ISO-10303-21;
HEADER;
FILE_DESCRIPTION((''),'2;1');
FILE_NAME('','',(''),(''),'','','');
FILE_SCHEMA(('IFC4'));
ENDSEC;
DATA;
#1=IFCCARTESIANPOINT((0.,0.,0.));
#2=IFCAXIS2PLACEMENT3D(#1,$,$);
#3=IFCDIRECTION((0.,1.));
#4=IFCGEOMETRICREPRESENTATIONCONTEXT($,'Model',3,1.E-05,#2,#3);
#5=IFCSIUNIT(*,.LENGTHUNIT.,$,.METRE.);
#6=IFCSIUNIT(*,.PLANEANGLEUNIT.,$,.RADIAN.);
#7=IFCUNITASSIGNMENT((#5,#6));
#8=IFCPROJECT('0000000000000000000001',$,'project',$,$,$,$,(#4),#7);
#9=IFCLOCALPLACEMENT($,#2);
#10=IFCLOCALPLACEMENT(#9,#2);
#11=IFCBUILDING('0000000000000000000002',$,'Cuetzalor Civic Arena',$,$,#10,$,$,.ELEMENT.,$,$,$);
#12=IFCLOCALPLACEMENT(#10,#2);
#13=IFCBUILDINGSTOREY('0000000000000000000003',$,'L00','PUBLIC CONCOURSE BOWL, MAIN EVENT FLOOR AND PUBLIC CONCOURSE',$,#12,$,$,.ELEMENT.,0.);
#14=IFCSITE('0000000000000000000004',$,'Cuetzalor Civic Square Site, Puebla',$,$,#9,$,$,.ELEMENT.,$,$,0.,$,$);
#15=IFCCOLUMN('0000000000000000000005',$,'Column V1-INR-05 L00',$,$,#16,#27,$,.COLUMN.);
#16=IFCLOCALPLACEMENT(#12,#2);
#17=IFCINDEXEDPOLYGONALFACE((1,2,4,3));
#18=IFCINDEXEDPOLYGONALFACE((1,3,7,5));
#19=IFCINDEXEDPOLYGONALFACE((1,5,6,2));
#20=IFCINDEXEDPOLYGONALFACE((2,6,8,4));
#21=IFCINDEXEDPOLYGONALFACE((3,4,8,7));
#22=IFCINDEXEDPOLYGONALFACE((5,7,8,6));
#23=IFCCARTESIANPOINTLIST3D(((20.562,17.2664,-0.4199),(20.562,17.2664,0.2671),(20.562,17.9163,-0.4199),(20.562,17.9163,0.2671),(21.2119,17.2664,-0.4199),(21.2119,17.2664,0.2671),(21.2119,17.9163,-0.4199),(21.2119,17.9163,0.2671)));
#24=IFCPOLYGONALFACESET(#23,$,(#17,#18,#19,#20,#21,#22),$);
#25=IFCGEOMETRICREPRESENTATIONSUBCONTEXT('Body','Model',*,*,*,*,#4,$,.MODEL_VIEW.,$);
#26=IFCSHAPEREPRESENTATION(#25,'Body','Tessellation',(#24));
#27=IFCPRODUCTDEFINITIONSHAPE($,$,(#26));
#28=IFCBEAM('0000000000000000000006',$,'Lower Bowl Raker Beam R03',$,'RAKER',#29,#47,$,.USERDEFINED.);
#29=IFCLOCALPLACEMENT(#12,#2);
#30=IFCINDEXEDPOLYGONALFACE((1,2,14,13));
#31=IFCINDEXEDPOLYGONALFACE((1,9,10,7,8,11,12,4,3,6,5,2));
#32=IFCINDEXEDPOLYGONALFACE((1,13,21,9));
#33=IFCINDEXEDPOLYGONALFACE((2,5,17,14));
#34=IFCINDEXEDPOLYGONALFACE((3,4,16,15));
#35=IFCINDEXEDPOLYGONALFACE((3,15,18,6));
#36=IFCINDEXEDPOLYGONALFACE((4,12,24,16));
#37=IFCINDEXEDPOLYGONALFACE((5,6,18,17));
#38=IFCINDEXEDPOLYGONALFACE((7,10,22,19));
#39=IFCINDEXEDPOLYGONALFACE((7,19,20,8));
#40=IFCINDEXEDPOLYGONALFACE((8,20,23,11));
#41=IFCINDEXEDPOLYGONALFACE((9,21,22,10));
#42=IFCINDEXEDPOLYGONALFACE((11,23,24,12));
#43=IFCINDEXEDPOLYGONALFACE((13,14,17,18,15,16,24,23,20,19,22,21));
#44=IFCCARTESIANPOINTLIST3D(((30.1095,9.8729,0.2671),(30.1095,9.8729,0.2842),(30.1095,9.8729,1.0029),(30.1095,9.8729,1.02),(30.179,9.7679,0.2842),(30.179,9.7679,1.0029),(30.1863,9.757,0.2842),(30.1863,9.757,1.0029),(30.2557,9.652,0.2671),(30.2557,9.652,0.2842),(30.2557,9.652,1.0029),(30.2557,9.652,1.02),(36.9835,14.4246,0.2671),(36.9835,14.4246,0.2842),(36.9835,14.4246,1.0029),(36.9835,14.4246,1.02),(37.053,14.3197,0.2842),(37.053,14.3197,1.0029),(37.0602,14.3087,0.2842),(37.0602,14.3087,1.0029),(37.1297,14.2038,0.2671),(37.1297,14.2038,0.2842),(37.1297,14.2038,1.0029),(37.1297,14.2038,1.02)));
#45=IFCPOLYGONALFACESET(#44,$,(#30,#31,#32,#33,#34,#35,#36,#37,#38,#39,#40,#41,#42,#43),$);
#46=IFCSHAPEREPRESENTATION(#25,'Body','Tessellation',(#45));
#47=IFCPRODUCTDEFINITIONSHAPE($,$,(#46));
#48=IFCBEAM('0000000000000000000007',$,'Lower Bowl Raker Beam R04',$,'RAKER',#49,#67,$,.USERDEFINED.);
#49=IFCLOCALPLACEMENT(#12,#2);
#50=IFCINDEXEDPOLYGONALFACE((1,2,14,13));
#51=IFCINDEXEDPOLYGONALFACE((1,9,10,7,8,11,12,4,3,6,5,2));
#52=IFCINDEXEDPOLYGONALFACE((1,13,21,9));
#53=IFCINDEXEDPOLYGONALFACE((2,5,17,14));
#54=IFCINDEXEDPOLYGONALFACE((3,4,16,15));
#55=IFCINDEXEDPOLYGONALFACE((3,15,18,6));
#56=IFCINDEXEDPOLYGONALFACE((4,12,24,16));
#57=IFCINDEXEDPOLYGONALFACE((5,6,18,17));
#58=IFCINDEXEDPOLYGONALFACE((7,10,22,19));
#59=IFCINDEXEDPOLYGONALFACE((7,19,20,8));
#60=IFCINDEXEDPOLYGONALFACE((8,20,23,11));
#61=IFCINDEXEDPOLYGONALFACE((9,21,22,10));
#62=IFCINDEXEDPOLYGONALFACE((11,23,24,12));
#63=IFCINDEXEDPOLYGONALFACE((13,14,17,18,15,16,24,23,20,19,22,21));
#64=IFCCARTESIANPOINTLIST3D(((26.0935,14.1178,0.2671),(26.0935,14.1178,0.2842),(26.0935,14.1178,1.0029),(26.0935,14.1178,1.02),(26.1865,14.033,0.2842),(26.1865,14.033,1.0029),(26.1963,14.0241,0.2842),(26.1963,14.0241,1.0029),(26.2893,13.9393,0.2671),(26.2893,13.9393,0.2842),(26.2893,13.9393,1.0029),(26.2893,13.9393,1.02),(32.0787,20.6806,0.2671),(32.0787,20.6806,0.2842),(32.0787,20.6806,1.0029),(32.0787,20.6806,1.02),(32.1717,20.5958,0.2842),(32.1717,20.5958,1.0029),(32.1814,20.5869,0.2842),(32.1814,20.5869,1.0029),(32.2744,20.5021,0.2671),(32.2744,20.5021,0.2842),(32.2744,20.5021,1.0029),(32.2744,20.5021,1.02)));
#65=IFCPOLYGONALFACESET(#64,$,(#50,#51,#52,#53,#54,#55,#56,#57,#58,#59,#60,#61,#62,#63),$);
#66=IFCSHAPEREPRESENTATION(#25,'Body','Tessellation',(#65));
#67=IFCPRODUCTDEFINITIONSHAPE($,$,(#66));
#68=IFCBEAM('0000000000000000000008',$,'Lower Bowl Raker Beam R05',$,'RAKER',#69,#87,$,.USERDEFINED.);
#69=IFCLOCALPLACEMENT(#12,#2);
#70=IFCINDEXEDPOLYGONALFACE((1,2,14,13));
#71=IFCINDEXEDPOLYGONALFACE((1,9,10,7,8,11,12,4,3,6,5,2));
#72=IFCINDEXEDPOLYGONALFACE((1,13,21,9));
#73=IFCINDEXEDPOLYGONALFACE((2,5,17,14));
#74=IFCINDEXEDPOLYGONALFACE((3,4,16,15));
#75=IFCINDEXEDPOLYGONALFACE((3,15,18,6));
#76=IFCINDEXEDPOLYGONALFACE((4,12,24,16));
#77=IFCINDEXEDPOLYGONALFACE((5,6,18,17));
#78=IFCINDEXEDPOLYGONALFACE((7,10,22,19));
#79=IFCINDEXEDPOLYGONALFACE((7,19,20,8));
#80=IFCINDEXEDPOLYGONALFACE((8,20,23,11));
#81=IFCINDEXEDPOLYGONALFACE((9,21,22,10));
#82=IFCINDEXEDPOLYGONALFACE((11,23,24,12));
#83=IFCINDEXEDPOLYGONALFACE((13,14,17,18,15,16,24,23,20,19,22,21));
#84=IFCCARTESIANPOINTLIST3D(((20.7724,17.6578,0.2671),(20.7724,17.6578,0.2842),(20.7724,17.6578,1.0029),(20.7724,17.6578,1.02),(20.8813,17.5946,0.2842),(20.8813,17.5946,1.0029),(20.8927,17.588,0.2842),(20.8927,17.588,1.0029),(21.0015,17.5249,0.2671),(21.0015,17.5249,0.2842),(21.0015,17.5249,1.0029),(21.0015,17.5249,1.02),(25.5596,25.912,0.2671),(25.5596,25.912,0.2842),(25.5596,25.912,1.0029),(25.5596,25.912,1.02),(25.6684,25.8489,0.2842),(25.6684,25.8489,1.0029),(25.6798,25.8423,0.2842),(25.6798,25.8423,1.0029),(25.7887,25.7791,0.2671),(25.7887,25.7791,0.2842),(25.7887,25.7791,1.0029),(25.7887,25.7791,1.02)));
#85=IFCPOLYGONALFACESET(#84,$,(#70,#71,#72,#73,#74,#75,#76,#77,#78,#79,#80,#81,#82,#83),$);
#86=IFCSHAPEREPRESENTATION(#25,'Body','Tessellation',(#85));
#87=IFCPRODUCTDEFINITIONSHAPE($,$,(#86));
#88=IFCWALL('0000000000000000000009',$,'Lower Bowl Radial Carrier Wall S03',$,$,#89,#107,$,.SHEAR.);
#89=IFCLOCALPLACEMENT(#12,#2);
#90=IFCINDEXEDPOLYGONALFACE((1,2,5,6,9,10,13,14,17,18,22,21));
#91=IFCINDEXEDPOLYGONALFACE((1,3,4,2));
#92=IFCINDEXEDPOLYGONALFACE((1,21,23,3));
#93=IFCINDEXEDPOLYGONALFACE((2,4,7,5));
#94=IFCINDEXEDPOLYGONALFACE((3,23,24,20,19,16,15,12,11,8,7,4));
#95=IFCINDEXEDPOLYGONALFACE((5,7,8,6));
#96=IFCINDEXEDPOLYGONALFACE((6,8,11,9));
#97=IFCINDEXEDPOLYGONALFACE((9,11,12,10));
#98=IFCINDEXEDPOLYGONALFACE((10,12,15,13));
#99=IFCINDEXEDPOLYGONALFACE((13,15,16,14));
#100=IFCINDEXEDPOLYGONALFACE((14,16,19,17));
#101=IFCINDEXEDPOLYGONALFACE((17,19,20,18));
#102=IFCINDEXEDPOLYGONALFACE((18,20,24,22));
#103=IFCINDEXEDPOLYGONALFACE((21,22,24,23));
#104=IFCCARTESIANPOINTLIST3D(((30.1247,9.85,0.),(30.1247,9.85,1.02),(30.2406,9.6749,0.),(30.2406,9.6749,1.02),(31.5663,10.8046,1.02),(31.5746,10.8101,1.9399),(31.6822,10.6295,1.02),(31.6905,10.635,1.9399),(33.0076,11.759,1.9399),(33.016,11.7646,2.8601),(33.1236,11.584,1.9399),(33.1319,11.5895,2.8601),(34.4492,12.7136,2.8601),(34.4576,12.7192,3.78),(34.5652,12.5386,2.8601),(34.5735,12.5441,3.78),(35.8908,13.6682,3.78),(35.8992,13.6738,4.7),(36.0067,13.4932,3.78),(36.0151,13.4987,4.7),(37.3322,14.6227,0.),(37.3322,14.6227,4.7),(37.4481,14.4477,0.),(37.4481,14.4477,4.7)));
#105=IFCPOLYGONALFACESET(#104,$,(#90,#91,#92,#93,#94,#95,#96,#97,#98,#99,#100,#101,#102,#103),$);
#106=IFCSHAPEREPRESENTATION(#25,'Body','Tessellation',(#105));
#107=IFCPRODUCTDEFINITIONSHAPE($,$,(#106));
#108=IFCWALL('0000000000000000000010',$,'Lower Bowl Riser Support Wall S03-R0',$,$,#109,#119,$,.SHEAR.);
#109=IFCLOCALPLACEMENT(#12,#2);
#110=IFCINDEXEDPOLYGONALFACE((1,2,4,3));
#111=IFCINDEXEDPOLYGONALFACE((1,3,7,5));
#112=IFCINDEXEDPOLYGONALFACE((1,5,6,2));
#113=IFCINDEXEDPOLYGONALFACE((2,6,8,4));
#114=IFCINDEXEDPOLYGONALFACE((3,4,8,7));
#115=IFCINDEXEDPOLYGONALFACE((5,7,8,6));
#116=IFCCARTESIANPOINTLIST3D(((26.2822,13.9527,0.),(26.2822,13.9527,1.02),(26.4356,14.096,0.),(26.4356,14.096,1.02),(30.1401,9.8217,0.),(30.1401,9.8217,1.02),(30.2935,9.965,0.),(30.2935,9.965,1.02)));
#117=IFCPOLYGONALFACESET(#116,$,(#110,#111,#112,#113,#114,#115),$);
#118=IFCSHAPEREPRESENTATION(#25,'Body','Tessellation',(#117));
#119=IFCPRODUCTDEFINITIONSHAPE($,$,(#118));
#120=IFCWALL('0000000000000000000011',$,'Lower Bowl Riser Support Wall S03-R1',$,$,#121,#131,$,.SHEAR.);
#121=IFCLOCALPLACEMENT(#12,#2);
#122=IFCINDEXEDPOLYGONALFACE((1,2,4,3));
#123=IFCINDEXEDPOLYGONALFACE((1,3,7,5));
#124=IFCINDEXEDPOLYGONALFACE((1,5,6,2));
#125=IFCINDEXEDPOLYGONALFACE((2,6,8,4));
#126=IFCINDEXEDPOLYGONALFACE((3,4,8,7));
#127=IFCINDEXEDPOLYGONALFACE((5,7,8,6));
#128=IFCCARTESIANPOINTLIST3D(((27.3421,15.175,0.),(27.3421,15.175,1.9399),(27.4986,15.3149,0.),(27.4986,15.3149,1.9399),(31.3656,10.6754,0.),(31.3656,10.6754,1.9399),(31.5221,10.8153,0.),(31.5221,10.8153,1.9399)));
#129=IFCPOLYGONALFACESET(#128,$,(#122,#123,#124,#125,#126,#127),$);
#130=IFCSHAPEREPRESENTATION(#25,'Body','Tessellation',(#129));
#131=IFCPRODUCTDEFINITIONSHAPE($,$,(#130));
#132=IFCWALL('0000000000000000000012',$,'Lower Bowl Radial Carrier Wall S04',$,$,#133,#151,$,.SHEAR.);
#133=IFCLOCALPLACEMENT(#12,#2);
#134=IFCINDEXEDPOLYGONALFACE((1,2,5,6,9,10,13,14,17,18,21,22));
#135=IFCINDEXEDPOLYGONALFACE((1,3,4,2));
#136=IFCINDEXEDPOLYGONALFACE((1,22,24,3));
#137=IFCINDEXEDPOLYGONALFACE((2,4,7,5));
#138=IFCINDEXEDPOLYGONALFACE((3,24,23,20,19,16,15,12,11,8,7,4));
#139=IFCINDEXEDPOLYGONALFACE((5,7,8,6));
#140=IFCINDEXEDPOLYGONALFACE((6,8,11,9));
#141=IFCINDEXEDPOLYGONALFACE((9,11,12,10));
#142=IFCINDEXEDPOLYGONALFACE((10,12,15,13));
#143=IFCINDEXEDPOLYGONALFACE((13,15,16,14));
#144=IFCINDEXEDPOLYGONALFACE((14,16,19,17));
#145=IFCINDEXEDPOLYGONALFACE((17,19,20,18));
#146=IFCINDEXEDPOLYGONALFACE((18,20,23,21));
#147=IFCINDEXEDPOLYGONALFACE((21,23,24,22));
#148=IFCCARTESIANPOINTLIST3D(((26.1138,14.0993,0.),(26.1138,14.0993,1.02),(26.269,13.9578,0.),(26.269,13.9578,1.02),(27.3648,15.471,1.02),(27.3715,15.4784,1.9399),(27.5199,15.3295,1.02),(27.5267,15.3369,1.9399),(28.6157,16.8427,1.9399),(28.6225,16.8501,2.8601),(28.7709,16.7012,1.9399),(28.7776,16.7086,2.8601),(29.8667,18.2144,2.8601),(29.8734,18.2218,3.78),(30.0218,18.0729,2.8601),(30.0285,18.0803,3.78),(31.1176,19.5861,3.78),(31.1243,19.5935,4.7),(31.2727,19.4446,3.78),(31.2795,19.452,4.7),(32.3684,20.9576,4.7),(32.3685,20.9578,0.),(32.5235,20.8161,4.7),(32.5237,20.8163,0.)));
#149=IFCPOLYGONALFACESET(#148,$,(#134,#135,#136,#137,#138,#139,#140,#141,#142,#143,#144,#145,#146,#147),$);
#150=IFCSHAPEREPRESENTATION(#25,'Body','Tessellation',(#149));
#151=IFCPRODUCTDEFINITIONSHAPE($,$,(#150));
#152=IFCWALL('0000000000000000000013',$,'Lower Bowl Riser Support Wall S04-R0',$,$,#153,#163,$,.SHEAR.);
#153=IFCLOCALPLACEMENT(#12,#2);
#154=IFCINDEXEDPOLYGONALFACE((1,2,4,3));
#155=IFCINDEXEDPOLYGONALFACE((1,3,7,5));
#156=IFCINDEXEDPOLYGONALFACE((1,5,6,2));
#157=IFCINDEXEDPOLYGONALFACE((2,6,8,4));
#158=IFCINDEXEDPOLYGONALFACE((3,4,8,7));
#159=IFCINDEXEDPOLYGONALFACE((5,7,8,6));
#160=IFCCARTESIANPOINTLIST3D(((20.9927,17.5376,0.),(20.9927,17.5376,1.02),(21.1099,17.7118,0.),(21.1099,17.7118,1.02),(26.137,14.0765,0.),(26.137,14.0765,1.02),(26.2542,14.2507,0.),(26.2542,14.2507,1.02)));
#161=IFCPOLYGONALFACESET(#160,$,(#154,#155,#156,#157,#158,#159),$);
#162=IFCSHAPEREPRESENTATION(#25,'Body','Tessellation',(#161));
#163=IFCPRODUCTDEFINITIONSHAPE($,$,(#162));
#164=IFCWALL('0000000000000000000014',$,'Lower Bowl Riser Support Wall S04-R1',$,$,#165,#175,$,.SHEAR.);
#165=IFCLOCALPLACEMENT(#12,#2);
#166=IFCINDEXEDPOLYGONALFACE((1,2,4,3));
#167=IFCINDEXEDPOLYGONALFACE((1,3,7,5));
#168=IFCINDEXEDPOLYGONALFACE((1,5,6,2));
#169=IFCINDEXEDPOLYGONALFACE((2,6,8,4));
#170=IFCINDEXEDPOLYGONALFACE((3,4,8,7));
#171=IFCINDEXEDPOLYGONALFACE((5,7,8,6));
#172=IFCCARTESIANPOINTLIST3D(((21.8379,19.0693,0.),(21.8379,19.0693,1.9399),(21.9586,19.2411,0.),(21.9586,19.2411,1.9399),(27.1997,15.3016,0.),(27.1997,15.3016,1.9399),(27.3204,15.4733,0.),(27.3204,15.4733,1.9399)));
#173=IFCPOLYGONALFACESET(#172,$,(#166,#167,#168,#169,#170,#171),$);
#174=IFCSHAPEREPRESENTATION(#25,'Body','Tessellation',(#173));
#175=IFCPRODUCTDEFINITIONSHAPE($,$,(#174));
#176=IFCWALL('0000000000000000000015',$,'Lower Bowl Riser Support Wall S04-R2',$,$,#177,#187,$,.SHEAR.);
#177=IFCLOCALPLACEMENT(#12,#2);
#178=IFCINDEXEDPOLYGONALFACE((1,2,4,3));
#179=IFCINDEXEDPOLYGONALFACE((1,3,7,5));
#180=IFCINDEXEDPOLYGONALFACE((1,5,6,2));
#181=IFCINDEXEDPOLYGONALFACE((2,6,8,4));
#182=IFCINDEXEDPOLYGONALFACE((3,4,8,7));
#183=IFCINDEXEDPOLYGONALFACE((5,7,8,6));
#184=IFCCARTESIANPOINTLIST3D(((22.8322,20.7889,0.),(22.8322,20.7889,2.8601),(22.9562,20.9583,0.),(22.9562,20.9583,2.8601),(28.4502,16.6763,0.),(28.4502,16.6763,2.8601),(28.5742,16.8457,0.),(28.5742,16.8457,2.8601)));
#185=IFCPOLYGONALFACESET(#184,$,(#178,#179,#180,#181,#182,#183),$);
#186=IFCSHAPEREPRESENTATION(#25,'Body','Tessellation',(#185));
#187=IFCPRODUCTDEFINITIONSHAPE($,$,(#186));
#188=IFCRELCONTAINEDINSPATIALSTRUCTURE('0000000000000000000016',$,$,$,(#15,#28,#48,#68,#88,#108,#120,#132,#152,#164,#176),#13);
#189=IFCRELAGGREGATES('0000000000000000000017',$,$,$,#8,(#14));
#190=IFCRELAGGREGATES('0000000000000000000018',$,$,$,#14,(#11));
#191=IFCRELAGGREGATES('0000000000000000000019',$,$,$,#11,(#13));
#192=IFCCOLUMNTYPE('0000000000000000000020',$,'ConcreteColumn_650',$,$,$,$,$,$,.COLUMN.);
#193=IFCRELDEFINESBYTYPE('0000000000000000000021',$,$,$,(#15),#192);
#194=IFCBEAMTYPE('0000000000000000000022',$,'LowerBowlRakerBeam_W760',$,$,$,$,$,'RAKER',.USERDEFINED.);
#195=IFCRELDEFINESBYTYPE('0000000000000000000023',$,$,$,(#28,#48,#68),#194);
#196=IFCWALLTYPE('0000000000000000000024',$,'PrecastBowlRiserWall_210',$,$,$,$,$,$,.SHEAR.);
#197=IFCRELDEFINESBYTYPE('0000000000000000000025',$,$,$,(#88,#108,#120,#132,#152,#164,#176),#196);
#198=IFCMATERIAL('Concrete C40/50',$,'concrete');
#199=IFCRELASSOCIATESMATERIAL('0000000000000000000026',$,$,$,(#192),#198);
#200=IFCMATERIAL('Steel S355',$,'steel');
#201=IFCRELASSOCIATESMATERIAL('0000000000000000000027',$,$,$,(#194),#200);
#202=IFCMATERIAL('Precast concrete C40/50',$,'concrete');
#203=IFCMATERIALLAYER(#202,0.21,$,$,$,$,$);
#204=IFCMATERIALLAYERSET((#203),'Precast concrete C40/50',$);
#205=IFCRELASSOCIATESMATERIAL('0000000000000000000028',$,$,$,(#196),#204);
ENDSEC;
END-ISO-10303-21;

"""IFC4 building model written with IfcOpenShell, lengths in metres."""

from ifc_helpers import new_model, si_unit, direction, frame, frame_2d, origin, origin_2d, place, context, subcontext, project, spatial, polyline, rectangle, i_section, outline, extrude, material, layer, layer_set, material_profile, profile_set, type_object, element, save


model = new_model("IFC4")

# Units and contexts
model_context = context("Model", 3, precision=1e-05, world=origin(), true_north=direction((0.0, 1.0)))
body_context = subcontext(model_context, "Body", "Model", "MODEL_VIEW")
ifc_project = project(units=[si_unit("LENGTHUNIT", "METRE"), si_unit("PLANEANGLEUNIT", "RADIAN")], contexts=[model_context])

# Site, building, storey
site_placement = place(None, origin())
site = spatial("IfcSite", under=ifc_project, at=site_placement, Name="Cuetzalor Civic Square Site, Puebla", CompositionType="ELEMENT", RefElevation=0.0)
building_placement = place(site_placement, origin())
building = spatial("IfcBuilding", under=site, at=building_placement, Name="Cuetzalor Civic Arena", CompositionType="ELEMENT")
storey_placement = place(building_placement, origin())
storey = spatial("IfcBuildingStorey", under=building, at=storey_placement, Name="L00", Description="PUBLIC CONCOURSE BOWL, MAIN EVENT FLOOR AND PUBLIC CONCOURSE", CompositionType="ELEMENT", Elevation=0.0)

# Column
ifc_material_1 = material(Name="Concrete C40/50", Category="concrete")
ifc_material_profile_1 = material_profile(ifc_material_1, rectangle(XDim=0.6499, YDim=0.6499, at=origin_2d()), Name="RC 650x650")
ifc_profile_set_1 = profile_set([ifc_material_profile_1], Name="Concrete C40/50")
column_type = type_object("IfcColumnType", Name="ConcreteColumn_650", PredefinedType="COLUMN", material=ifc_profile_set_1)
for number, where, z_axis, x_axis, name in (
    (1, (20.887, 17.5913, -0.4199), (0.0, 0.0, 1.0), (1.0, 0.0, 0.0), "Column V1-INR-05 L00"),
):
    element("IfcColumn", number, at=place(storey_placement, frame(where, z_axis=z_axis, x_axis=x_axis)), inside=storey, type_object=column_type, Name=name, PredefinedType="COLUMN", context=body_context, shape_type="SweptSolid", body=[
        extrude(rectangle(XDim=0.6499, YDim=0.6499, at=origin_2d()), origin(), (0.0, 0.0, 1.0), 0.687),
    ])

# Beams
ifc_material_2 = material(Name="Steel S355", Category="steel")
ifc_material_profile_2 = material_profile(ifc_material_2, i_section(OverallWidth=0.2649, OverallDepth=0.7529, WebThickness=0.0132, FlangeThickness=0.0171, at=origin_2d()), Name="W760x147")
ifc_profile_set_2 = profile_set([ifc_material_profile_2], Name="Steel S355")
beam_type = type_object("IfcBeamType", Name="LowerBowlRakerBeam_W760", ElementType="RAKER", PredefinedType="USERDEFINED", material=ifc_profile_set_2)
beam_1_placement = place(storey_placement, frame((30.1826, 9.7625, 0.6436), z_axis=(0.833777, 0.552101, 0.0), x_axis=(-0.552101, 0.833777, 0.0)))
element("IfcBeam", 2, at=beam_1_placement, inside=storey, type_object=beam_type, Name="Lower Bowl Raker Beam R03", ObjectType="RAKER", PredefinedType="USERDEFINED", context=body_context, shape_type="SweptSolid", body=[
    extrude(i_section(OverallWidth=0.2649, OverallDepth=0.7529, WebThickness=0.0132, FlangeThickness=0.0171, at=origin_2d()), origin(), (0.0, 0.0, 1.0), 8.2444),
])
beam_2_placement = place(storey_placement, frame((26.1914, 14.0286, 0.6436), z_axis=(0.673842, 0.738876, 0.0), x_axis=(-0.738876, 0.673842, 0.0)))
element("IfcBeam", 3, at=beam_2_placement, inside=storey, type_object=beam_type, Name="Lower Bowl Raker Beam R04", ObjectType="RAKER", PredefinedType="USERDEFINED", context=body_context, shape_type="SweptSolid", body=[
    extrude(i_section(OverallWidth=0.2649, OverallDepth=0.7529, WebThickness=0.0132, FlangeThickness=0.0171, at=origin_2d()), origin(), (0.0, 0.0, 1.0), 8.8821),
])
beam_3_placement = place(storey_placement, frame((20.887, 17.5913, 0.6436), z_axis=(0.501695, 0.865045, 0.0), x_axis=(-0.865045, 0.501695, 0.0)))
element("IfcBeam", 4, at=beam_3_placement, inside=storey, type_object=beam_type, Name="Lower Bowl Raker Beam R05", ObjectType="RAKER", PredefinedType="USERDEFINED", context=body_context, shape_type="SweptSolid", body=[
    extrude(i_section(OverallWidth=0.2649, OverallDepth=0.7529, WebThickness=0.0132, FlangeThickness=0.0171, at=origin_2d()), origin(), (0.0, 0.0, 1.0), 9.542),
])

# Walls
ifc_material_3 = material(Name="Precast concrete C40/50", Category="concrete")
ifc_layer = layer(ifc_material_3, 0.21)
ifc_layer_set = layer_set([ifc_layer], Name="Precast concrete C40/50")
wall_type = type_object("IfcWallType", Name="PrecastBowlRiserWall_210", PredefinedType="SHEAR", material=ifc_layer_set)
wall_1_placement = place(storey_placement, frame((30.1826, 9.7625, 0.0), z_axis=(0.0, 0.0, 1.0), x_axis=(0.833771, 0.55211, 0.0)))
element("IfcWall", 5, at=wall_1_placement, inside=storey, type_object=wall_type, Name="Lower Bowl Radial Carrier Wall S03", PredefinedType="SHEAR", context=body_context, shape_type="SweptSolid", body=[
    extrude(outline(polyline([(0.0, 0.0), (8.6445, 0.0), (8.6445, 4.7), (6.9258, 4.7), (6.9158, 3.78), (5.1968, 3.78), (5.1868, 2.8601), (3.4678, 2.8601), (3.4578, 1.9399), (1.739, 1.9399), (1.729, 1.02), (0.0, 1.02), (0.0, 0.0)])), frame((0.0, 0.105, 0.0), z_axis=(0.0, -1.0, 0.0), x_axis=(1.0, 0.0, 0.0)), (0.0, 0.0, 1.0), 0.21),
])
wall_2_placement = place(storey_placement, frame((30.2168, 9.8933, 0.0), z_axis=(0.0, 0.0, 1.0), x_axis=(-0.682528, 0.73086, 0.0)))
element("IfcWall", 6, at=wall_2_placement, inside=storey, type_object=wall_type, Name="Lower Bowl Riser Support Wall S03-R0", PredefinedType="SHEAR", context=body_context, shape_type="SweptSolid", body=[
    extrude(rectangle(XDim=5.6523, YDim=0.21, at=frame_2d((2.8262, 0.0))), origin(), (0.0, 0.0, 1.0), 1.02),
])
wall_3_placement = place(storey_placement, frame((31.4438, 10.7454, 0.0), z_axis=(0.0, 0.0, 1.0), x_axis=(-0.66657, 0.745442, 0.0)))
element("IfcWall", 7, at=wall_3_placement, inside=storey, type_object=wall_type, Name="Lower Bowl Riser Support Wall S03-R1", PredefinedType="SHEAR", context=body_context, shape_type="SweptSolid", body=[
    extrude(rectangle(XDim=6.0361, YDim=0.21, at=frame_2d((3.0181, 0.0))), origin(), (0.0, 0.0, 1.0), 1.9399),
])
wall_4_placement = place(storey_placement, frame((26.1914, 14.0286, 0.0), z_axis=(0.0, 0.0, 1.0), x_axis=(0.673836, 0.738881, 0.0)))
element("IfcWall", 8, at=wall_4_placement, inside=storey, type_object=wall_type, Name="Lower Bowl Radial Carrier Wall S04", PredefinedType="SHEAR", context=body_context, shape_type="SweptSolid", body=[
    extrude(outline(polyline([(0.0, 0.0), (9.2822, 0.0), (9.282, 4.7), (7.4358, 4.7), (7.4258, 3.78), (5.5793, 3.78), (5.5693, 2.8601), (3.7229, 2.8601), (3.7129, 1.9399), (1.8665, 1.9399), (1.8564, 1.02), (0.0, 1.02), (0.0, 0.0)])), frame((0.0, 0.105, 0.0), z_axis=(0.0, -1.0, 0.0), x_axis=(1.0, 0.0, 0.0)), (0.0, 0.0, 1.0), 0.21),
])
wall_5_placement = place(storey_placement, frame((26.1956, 14.1636, 0.0), z_axis=(0.0, 0.0, 1.0), x_axis=(-0.829686, 0.55823, 0.0)))
element("IfcWall", 9, at=wall_5_placement, inside=storey, type_object=wall_type, Name="Lower Bowl Riser Support Wall S04-R0", PredefinedType="SHEAR", context=body_context, shape_type="SweptSolid", body=[
    extrude(rectangle(XDim=6.2002, YDim=0.21, at=frame_2d((3.1001, 0.0))), origin(), (0.0, 0.0, 1.0), 1.02),
])
wall_6_placement = place(storey_placement, frame((27.26, 15.3875, 0.0), z_axis=(0.0, 0.0, 1.0), x_axis=(-0.818187, 0.574952, 0.0)))
element("IfcWall", 10, at=wall_6_placement, inside=storey, type_object=wall_type, Name="Lower Bowl Riser Support Wall S04-R1", PredefinedType="SHEAR", context=body_context, shape_type="SweptSolid", body=[
    extrude(rectangle(XDim=6.5532, YDim=0.21, at=frame_2d((3.2766, 0.0))), origin(), (0.0, 0.0, 1.0), 1.9399),
])
wall_7_placement = place(storey_placement, frame((28.5122, 16.761, 0.0), z_axis=(0.0, 0.0, 1.0), x_axis=(-0.806902, 0.590685, 0.0)))
element("IfcWall", 11, at=wall_7_placement, inside=storey, type_object=wall_type, Name="Lower Bowl Riser Support Wall S04-R2", PredefinedType="SHEAR", context=body_context, shape_type="SweptSolid", body=[
    extrude(rectangle(XDim=6.9624, YDim=0.21, at=frame_2d((3.4812, 0.0))), origin(), (0.0, 0.0, 1.0), 2.8601),
])

save(model, "model.ifc")
